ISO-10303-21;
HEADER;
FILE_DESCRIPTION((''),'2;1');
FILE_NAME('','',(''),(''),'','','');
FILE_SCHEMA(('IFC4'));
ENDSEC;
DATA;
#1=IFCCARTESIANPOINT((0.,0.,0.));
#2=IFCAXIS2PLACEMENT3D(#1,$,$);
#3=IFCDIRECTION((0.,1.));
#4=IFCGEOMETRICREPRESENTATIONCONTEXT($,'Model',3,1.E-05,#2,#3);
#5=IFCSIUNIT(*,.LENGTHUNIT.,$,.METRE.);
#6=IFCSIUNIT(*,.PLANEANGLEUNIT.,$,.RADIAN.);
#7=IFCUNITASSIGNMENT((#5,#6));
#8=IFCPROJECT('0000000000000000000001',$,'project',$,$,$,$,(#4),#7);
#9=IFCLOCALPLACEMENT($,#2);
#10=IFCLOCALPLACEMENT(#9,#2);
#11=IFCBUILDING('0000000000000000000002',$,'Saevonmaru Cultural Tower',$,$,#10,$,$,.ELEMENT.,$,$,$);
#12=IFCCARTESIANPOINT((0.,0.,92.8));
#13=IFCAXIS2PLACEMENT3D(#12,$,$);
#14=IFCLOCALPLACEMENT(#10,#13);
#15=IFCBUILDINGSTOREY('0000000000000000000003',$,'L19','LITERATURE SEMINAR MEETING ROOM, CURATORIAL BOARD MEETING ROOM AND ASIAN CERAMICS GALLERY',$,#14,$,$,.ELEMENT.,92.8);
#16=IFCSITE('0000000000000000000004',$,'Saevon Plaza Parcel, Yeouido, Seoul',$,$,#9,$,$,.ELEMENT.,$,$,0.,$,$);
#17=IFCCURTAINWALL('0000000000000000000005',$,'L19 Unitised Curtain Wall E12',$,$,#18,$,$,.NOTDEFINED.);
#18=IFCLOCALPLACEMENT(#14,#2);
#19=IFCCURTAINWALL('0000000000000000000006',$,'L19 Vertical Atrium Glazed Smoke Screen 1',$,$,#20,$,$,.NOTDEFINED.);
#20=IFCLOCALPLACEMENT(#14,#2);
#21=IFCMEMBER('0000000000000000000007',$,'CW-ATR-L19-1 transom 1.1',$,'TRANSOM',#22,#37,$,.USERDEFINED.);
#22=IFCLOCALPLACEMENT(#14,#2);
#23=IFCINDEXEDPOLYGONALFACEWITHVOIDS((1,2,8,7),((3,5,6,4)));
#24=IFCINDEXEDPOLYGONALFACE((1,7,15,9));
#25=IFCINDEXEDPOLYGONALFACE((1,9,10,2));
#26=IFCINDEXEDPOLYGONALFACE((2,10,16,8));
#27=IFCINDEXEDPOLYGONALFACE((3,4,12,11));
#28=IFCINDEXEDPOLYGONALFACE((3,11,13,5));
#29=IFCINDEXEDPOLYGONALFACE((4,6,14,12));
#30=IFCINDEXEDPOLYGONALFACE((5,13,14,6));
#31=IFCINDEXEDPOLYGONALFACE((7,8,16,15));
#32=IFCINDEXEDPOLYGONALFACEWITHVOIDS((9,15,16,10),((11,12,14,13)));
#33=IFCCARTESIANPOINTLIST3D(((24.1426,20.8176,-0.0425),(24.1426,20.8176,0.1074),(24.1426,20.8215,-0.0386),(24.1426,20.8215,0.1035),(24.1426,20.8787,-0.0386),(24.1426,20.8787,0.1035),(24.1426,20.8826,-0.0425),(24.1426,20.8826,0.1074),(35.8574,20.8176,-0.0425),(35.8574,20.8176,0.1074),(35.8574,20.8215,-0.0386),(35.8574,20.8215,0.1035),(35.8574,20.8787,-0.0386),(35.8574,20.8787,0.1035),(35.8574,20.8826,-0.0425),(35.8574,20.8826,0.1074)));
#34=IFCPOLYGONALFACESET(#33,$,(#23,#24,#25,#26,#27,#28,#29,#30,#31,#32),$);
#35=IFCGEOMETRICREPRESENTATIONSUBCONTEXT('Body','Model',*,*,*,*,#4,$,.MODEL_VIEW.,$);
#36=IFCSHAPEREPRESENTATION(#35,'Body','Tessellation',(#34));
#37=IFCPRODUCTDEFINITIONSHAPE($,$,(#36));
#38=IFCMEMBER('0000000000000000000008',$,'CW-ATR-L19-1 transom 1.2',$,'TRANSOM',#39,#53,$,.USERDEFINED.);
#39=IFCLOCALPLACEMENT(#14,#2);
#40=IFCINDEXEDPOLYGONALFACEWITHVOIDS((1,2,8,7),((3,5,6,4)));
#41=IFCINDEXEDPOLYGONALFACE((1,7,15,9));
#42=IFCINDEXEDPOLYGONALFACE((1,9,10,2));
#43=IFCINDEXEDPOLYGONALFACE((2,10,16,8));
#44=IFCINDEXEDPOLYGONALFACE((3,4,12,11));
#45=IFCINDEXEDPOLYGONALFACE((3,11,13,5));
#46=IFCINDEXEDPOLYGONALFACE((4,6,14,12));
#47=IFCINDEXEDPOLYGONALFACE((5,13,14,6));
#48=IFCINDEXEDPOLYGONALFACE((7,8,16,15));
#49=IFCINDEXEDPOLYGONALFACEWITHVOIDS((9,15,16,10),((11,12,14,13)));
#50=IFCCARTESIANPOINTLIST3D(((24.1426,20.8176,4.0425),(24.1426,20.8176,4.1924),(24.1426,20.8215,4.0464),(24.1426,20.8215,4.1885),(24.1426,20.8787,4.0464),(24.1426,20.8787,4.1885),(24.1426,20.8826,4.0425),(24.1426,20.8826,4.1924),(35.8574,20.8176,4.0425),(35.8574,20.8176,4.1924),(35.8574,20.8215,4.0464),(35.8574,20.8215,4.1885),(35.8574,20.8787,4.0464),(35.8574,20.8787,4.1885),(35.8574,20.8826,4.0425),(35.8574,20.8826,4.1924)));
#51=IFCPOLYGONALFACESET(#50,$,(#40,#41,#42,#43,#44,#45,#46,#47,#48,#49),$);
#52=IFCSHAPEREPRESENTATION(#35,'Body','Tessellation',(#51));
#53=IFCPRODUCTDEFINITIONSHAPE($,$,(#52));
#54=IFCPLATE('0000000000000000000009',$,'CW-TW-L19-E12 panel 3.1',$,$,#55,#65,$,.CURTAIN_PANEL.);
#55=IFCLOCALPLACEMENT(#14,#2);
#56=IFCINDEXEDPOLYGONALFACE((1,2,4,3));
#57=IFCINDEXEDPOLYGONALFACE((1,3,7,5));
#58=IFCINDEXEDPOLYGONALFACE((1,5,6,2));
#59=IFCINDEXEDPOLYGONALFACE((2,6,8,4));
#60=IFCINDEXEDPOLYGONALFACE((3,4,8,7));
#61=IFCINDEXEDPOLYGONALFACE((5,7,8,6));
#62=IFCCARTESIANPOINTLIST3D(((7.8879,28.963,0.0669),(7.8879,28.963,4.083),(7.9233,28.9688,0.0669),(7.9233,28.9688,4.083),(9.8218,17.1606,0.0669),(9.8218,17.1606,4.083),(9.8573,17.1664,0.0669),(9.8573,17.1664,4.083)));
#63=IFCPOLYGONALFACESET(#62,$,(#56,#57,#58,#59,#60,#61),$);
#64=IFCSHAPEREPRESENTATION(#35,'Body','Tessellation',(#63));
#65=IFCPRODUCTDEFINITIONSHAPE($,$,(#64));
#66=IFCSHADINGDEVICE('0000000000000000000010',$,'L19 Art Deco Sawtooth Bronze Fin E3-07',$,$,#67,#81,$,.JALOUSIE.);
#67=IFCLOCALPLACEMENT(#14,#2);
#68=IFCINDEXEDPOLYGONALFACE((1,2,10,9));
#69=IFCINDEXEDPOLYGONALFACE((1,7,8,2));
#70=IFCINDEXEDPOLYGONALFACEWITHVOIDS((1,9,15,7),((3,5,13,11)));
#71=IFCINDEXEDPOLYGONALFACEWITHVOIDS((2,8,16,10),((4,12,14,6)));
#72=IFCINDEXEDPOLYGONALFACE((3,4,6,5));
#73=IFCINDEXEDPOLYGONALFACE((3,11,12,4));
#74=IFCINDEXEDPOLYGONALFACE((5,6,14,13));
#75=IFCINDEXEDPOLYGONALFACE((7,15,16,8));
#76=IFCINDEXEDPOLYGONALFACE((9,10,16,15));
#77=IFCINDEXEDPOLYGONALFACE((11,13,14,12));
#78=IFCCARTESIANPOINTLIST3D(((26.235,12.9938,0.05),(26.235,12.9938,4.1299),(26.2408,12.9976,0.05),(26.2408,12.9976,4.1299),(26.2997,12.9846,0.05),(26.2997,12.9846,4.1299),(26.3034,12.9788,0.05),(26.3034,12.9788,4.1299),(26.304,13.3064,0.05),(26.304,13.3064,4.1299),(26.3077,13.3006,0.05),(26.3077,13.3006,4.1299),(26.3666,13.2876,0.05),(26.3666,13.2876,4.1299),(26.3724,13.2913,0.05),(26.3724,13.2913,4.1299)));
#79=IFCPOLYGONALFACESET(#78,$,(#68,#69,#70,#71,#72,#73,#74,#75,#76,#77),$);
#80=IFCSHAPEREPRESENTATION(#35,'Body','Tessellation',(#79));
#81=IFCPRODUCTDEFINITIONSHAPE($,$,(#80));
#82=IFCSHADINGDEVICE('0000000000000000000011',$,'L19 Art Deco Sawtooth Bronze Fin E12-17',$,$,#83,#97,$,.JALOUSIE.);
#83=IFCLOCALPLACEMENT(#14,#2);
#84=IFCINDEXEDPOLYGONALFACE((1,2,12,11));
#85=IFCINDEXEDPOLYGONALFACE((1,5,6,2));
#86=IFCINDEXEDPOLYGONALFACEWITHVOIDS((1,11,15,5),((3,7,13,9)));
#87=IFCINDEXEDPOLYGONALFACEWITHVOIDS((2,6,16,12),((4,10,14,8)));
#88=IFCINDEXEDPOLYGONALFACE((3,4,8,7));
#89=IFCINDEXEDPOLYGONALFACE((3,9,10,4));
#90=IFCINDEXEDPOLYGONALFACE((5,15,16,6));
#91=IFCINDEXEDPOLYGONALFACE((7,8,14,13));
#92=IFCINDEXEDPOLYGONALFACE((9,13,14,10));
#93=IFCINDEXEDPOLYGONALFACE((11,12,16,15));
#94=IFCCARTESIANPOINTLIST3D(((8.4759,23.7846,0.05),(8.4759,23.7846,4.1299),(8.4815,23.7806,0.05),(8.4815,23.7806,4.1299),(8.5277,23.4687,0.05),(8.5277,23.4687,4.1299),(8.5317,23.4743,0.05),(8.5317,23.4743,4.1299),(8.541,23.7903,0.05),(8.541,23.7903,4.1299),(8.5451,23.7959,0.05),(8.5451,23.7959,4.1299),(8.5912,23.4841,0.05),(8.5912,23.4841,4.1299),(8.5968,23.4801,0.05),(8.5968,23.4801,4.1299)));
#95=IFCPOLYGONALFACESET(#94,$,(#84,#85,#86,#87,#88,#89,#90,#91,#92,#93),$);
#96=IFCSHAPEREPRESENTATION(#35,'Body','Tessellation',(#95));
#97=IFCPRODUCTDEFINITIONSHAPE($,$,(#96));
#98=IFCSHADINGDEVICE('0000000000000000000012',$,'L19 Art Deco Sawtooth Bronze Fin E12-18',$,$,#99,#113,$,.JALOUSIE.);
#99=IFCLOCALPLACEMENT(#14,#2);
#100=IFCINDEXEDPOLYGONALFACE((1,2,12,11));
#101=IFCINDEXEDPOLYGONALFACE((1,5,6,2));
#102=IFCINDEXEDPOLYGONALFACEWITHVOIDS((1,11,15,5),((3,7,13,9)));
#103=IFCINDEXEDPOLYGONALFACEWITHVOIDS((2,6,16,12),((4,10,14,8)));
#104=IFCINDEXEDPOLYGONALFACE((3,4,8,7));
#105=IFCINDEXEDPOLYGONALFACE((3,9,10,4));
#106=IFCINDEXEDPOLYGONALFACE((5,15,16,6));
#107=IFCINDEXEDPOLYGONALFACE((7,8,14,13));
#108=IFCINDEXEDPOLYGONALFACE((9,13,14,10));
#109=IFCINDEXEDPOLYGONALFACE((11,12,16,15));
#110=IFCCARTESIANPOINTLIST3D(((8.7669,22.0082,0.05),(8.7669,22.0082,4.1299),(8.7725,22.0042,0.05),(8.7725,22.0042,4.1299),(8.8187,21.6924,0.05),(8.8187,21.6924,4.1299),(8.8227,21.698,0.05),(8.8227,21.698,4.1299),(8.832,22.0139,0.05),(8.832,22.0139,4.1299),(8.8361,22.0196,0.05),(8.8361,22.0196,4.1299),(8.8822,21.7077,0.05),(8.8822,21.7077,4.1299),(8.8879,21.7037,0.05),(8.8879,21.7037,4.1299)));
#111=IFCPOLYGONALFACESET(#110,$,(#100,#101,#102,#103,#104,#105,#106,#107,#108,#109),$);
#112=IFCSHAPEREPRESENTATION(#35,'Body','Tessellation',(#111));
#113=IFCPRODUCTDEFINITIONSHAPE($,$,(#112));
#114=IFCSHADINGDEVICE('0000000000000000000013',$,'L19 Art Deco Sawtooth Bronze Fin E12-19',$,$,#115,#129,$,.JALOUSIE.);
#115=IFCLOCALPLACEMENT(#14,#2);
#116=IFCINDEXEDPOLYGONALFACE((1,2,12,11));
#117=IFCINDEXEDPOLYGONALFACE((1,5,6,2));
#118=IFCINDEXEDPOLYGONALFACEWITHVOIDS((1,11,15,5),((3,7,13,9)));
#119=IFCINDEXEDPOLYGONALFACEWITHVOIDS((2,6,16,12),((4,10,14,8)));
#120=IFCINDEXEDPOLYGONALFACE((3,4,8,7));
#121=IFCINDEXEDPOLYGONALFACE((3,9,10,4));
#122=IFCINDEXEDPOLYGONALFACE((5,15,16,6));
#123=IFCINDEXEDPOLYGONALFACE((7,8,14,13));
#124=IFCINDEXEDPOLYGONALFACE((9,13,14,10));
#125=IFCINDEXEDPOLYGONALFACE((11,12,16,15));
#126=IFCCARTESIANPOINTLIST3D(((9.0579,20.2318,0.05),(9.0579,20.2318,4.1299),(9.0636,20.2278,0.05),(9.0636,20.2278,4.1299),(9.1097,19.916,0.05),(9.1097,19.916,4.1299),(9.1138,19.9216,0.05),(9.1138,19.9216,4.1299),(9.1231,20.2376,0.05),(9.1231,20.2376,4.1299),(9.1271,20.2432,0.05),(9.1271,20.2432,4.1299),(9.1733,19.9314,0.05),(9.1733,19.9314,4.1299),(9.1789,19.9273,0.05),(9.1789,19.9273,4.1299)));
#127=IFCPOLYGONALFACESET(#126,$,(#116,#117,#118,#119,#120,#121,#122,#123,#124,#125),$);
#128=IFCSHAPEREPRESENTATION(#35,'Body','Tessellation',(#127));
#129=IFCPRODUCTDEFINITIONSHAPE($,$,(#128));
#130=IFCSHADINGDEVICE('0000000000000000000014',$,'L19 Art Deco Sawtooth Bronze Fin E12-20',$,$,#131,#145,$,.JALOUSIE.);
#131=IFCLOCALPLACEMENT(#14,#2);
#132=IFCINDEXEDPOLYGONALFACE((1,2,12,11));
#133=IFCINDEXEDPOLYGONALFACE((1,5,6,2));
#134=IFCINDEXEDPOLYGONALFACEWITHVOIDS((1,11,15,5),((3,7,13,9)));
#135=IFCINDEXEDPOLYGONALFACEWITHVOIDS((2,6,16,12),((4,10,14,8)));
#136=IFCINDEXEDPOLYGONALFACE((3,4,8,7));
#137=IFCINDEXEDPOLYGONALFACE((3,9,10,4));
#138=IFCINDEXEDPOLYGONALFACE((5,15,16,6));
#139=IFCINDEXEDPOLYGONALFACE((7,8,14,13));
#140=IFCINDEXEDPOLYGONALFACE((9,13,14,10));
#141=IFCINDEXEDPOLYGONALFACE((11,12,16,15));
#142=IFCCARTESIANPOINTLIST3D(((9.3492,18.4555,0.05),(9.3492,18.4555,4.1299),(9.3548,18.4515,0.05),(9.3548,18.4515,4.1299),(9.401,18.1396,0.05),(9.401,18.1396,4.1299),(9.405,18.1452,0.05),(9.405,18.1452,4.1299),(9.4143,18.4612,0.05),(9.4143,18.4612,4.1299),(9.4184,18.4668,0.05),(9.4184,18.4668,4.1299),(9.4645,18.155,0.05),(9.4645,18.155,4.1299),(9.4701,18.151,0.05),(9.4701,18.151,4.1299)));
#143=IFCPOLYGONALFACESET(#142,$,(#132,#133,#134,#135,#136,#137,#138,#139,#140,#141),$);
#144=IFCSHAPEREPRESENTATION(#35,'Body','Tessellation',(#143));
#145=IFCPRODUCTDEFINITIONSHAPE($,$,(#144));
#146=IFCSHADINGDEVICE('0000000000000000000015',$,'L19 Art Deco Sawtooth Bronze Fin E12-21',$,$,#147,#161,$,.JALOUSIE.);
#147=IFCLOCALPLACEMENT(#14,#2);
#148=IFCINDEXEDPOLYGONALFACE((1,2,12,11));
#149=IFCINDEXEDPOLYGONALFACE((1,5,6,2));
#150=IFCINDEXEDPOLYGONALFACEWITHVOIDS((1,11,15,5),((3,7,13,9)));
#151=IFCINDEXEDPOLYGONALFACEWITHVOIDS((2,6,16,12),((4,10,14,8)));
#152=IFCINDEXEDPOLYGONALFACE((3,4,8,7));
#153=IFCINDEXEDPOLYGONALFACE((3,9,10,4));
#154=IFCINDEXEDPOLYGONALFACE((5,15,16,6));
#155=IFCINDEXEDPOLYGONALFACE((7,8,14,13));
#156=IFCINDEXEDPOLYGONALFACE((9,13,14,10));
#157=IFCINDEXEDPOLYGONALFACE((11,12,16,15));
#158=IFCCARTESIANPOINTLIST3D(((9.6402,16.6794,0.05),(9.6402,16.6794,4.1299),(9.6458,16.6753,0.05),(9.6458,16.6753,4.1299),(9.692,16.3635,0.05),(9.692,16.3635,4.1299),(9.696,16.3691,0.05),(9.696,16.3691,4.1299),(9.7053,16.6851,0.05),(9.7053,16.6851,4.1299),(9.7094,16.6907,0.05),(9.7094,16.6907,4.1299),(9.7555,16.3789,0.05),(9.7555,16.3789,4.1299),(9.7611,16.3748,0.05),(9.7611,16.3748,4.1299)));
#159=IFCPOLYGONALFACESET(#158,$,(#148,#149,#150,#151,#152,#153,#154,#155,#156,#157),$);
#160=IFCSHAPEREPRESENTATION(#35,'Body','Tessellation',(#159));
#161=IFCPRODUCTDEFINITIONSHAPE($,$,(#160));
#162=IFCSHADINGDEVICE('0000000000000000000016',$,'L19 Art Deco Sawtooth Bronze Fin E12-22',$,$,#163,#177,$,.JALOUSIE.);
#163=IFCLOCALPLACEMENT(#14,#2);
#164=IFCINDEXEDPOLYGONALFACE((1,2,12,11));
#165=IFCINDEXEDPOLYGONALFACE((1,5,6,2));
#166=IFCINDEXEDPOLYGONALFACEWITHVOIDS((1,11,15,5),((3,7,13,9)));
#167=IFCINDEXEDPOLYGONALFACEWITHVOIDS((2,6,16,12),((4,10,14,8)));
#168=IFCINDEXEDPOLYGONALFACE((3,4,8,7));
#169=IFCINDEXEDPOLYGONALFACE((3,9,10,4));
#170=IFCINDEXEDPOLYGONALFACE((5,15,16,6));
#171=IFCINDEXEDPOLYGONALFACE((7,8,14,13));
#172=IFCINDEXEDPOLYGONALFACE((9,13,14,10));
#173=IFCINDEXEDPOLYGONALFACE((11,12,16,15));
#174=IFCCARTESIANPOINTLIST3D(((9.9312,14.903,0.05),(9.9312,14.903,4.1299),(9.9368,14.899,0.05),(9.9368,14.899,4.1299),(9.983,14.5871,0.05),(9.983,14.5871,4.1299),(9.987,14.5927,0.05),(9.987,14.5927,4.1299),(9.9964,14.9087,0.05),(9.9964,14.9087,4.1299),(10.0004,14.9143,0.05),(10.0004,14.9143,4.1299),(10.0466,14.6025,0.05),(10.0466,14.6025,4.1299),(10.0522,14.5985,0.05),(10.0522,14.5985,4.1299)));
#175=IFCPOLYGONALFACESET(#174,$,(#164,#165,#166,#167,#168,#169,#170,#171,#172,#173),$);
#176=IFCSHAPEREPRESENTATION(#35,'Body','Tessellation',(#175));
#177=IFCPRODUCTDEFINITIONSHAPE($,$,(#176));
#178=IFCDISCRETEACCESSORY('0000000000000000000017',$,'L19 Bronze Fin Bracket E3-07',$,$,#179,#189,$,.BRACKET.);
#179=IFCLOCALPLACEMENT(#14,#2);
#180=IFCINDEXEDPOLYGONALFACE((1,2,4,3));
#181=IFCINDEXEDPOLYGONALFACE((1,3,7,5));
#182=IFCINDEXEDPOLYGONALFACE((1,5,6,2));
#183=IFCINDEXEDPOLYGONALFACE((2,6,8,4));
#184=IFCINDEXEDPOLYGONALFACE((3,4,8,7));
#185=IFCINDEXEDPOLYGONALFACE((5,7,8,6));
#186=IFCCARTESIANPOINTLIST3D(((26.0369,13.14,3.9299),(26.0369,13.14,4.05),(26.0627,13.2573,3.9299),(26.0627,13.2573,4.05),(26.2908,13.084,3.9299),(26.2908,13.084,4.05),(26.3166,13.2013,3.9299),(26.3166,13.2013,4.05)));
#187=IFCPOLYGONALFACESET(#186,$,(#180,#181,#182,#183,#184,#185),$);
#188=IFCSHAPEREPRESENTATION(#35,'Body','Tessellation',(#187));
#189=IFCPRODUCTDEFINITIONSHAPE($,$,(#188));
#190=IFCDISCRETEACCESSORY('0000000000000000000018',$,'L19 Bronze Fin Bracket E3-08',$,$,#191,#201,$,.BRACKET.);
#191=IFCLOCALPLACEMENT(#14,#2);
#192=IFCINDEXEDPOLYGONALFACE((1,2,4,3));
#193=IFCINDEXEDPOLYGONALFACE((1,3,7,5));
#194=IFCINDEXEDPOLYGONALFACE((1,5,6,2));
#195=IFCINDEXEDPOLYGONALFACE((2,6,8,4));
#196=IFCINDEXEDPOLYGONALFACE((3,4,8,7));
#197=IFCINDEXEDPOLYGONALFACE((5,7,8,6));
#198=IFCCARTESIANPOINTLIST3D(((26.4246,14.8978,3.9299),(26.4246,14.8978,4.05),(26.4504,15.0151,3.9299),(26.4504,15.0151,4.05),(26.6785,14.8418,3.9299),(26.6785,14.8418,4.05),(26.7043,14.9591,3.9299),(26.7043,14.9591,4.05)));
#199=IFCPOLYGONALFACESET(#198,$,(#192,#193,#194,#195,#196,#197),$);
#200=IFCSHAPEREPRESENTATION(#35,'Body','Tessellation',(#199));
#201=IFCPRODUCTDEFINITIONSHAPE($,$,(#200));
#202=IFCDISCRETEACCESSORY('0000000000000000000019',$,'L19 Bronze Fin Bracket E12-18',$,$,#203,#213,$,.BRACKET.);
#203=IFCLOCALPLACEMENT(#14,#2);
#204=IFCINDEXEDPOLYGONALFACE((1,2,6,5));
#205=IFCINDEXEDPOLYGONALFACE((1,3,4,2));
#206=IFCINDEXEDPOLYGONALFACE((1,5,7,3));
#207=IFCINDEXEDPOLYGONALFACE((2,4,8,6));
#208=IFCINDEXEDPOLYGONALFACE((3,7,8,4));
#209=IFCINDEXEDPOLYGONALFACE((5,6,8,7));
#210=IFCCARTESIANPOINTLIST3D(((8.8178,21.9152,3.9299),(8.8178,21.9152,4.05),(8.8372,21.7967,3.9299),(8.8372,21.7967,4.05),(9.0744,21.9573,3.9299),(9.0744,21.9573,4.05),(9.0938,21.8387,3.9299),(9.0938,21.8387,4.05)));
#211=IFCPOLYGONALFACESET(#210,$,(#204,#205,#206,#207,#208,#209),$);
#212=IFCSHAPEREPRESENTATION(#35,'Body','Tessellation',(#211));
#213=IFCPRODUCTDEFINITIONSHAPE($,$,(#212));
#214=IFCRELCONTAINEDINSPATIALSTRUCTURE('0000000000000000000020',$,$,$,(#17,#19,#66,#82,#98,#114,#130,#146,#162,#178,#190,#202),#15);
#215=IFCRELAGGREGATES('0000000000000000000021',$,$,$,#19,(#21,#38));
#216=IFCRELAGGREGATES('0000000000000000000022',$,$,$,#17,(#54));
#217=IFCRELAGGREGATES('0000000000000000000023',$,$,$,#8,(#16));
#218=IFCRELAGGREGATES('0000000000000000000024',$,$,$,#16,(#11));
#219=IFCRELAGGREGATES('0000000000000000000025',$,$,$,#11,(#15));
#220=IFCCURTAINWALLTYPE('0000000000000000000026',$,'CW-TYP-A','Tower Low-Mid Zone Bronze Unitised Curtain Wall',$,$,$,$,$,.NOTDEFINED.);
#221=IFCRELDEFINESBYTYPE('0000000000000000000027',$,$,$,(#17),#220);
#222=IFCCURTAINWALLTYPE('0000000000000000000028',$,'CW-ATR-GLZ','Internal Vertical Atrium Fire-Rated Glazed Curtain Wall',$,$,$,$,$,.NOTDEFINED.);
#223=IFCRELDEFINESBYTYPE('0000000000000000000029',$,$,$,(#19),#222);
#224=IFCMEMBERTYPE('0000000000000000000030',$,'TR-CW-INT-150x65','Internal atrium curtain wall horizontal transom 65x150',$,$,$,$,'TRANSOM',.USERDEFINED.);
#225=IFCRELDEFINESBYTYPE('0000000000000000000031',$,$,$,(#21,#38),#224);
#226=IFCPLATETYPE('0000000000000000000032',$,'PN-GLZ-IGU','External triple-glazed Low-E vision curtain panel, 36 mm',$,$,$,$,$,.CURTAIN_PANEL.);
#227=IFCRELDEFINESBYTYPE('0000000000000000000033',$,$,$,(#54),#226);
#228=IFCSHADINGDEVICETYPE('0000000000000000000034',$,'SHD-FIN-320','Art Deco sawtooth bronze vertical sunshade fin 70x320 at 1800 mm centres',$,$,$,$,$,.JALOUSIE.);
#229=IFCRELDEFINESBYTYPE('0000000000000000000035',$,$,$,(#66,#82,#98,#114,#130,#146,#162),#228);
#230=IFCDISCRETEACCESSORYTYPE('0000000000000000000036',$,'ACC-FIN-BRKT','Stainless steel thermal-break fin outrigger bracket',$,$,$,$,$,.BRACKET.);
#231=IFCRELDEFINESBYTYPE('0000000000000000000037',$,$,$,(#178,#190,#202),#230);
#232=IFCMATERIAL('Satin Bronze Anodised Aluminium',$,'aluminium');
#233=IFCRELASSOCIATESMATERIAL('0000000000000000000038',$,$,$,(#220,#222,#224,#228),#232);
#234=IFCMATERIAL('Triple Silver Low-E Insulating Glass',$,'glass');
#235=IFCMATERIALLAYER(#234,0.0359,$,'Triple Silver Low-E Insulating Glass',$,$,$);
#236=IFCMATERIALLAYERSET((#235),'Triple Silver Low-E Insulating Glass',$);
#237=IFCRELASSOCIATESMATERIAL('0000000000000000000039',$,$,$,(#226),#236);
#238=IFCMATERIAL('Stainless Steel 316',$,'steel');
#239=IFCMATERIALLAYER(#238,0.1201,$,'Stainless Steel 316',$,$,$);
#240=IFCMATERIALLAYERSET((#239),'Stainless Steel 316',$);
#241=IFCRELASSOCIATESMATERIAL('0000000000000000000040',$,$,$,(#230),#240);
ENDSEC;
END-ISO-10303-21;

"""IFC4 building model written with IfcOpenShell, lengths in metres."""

from ifc_helpers import new_model, si_unit, direction, frame, origin, origin_2d, place, context, subcontext, project, spatial, rectangle, hollow_rectangle, extrude, material, layer, layer_set, material_profile, profile_set, type_object, element, aggregate, save


model = new_model("IFC4")

# Units and contexts
model_context = context("Model", 3, precision=1e-05, world=origin(), true_north=direction((0.0, 1.0)))
body_context = subcontext(model_context, "Body", "Model", "MODEL_VIEW")
ifc_project = project(units=[si_unit("LENGTHUNIT", "METRE"), si_unit("PLANEANGLEUNIT", "RADIAN")], contexts=[model_context])

# Site, building, storey
site_placement = place(None, origin())
site = spatial("IfcSite", under=ifc_project, at=site_placement, Name="Saevon Plaza Parcel, Yeouido, Seoul", CompositionType="ELEMENT", RefElevation=0.0)
building_placement = place(site_placement, origin())
building = spatial("IfcBuilding", under=site, at=building_placement, Name="Saevonmaru Cultural Tower", CompositionType="ELEMENT")
storey_placement = place(building_placement, frame((0.0, 0.0, 92.8)))
storey = spatial("IfcBuildingStorey", under=building, at=storey_placement, Name="L19", Description="LITERATURE SEMINAR MEETING ROOM, CURATORIAL BOARD MEETING ROOM AND ASIAN CERAMICS GALLERY", CompositionType="ELEMENT", Elevation=92.8)

# Curtain walls
ifc_material_1 = material(Name="Satin Bronze Anodised Aluminium", Category="aluminium")
curtain_wall_type_1 = type_object("IfcCurtainWallType", Name="CW-TYP-A", Description="Tower Low-Mid Zone Bronze Unitised Curtain Wall", PredefinedType="NOTDEFINED", material=ifc_material_1)
curtain_wall_1_placement = place(storey_placement, origin())
curtain_wall_1 = element("IfcCurtainWall", 1, at=curtain_wall_1_placement, inside=storey, type_object=curtain_wall_type_1, Name="L19 Unitised Curtain Wall E12", PredefinedType="NOTDEFINED")
curtain_wall_type_2 = type_object("IfcCurtainWallType", Name="CW-ATR-GLZ", Description="Internal Vertical Atrium Fire-Rated Glazed Curtain Wall", PredefinedType="NOTDEFINED", material=ifc_material_1)
curtain_wall_2_placement = place(storey_placement, origin())
curtain_wall_2 = element("IfcCurtainWall", 2, at=curtain_wall_2_placement, inside=storey, type_object=curtain_wall_type_2, Name="L19 Vertical Atrium Glazed Smoke Screen 1", PredefinedType="NOTDEFINED")

# Members
ifc_material_profile_1 = material_profile(ifc_material_1, hollow_rectangle(XDim=0.0649, YDim=0.1499, WallThickness=0.0039, at=origin_2d()), Name="ALU-TRAN-150x65x4")
ifc_profile_set_1 = profile_set([ifc_material_profile_1], Name="Satin Bronze Anodised Aluminium")
member_type_1 = type_object("IfcMemberType", Name="TR-CW-INT-150x65", Description="Internal atrium curtain wall horizontal transom 65x150", ElementType="TRANSOM", PredefinedType="USERDEFINED", material=ifc_profile_set_1)
member_1_placement = place(storey_placement, frame((24.1426, 20.8501, 0.0325), z_axis=(1.0, 0.0, 0.0), x_axis=(0.0, 1.0, 0.0)))
member_1 = element("IfcMember", 3, at=member_1_placement, type_object=member_type_1, Name="CW-ATR-L19-1 transom 1.1", ObjectType="TRANSOM", PredefinedType="USERDEFINED", context=body_context, shape_type="SweptSolid", body=[
    extrude(hollow_rectangle(XDim=0.0649, YDim=0.1499, WallThickness=0.0039, at=origin_2d()), origin(), (0.0, 0.0, 1.0), 11.7148),
])
member_2_placement = place(storey_placement, frame((24.1426, 20.8501, 4.1174), z_axis=(1.0, 0.0, 0.0), x_axis=(0.0, 1.0, 0.0)))
member_2 = element("IfcMember", 4, at=member_2_placement, type_object=member_type_1, Name="CW-ATR-L19-1 transom 1.2", ObjectType="TRANSOM", PredefinedType="USERDEFINED", context=body_context, shape_type="SweptSolid", body=[
    extrude(hollow_rectangle(XDim=0.0649, YDim=0.1499, WallThickness=0.0039, at=origin_2d()), origin(), (0.0, 0.0, 1.0), 11.7148),
])
aggregate(curtain_wall_2, [member_1, member_2])

# Plate
ifc_material_2 = material(Name="Triple Silver Low-E Insulating Glass", Category="glass")
ifc_layer_1 = layer(ifc_material_2, 0.0359, Name="Triple Silver Low-E Insulating Glass")
ifc_layer_set_1 = layer_set([ifc_layer_1], Name="Triple Silver Low-E Insulating Glass")
plate_type = type_object("IfcPlateType", Name="PN-GLZ-IGU", Description="External triple-glazed Low-E vision curtain panel, 36 mm", PredefinedType="CURTAIN_PANEL", material=ifc_layer_set_1)
plate_placement = place(storey_placement, frame((8.8726, 23.0647, 0.0669), z_axis=(0.0, 0.0, 1.0), x_axis=(0.161709, -0.986839, 0.0)))
plate = element("IfcPlate", 5, at=plate_placement, type_object=plate_type, Name="CW-TW-L19-E12 panel 3.1", PredefinedType="CURTAIN_PANEL", context=body_context, shape_type="SweptSolid", body=[
    extrude(rectangle(XDim=11.9597, YDim=0.0359, at=origin_2d()), origin(), (0.0, 0.0, 1.0), 4.0161),
])
aggregate(curtain_wall_1, [plate])

# Shading devices
ifc_material_profile_2 = material_profile(ifc_material_1, hollow_rectangle(XDim=0.0701, YDim=0.3201, WallThickness=0.0049, at=origin_2d()), Name="FIN-320x70")
ifc_profile_set_2 = profile_set([ifc_material_profile_2], Name="Satin Bronze Anodised Aluminium")
shading_device_type = type_object("IfcShadingDeviceType", Name="SHD-FIN-320", Description="Art Deco sawtooth bronze vertical sunshade fin 70x320 at 1800 mm centres", PredefinedType="JALOUSIE", material=ifc_profile_set_2)
for number, where, z_axis, x_axis, name in (
    (6, (26.3037, 13.1426, 0.05), (0.0, 0.0, 1.0), (0.976522, -0.215417, 0.0), "L19 Art Deco Sawtooth Bronze Fin E3-07"),
    (7, (8.5364, 23.6323, 0.05), (0.0, 0.0, 1.0), (-0.986827, -0.161776, 0.0), "L19 Art Deco Sawtooth Bronze Fin E12-17"),
    (8, (8.8274, 21.856, 0.05), (0.0, 0.0, 1.0), (-0.986827, -0.161776, 0.0), "L19 Art Deco Sawtooth Bronze Fin E12-18"),
    (9, (9.1184, 20.0796, 0.05), (0.0, 0.0, 1.0), (-0.986827, -0.161776, 0.0), "L19 Art Deco Sawtooth Bronze Fin E12-19"),
    (10, (9.4097, 18.3032, 0.05), (0.0, 0.0, 1.0), (-0.986827, -0.161776, 0.0), "L19 Art Deco Sawtooth Bronze Fin E12-20"),
    (11, (9.7007, 16.5271, 0.05), (0.0, 0.0, 1.0), (-0.986827, -0.161776, 0.0), "L19 Art Deco Sawtooth Bronze Fin E12-21"),
    (12, (9.9917, 14.7507, 0.05), (0.0, 0.0, 1.0), (-0.986827, -0.161776, 0.0), "L19 Art Deco Sawtooth Bronze Fin E12-22"),
):
    element("IfcShadingDevice", number, at=place(storey_placement, frame(where, z_axis=z_axis, x_axis=x_axis)), inside=storey, type_object=shading_device_type, Name=name, PredefinedType="JALOUSIE", context=body_context, shape_type="SweptSolid", body=[
        extrude(hollow_rectangle(XDim=0.0701, YDim=0.3201, WallThickness=0.0049, at=origin_2d()), origin(), (0.0, 0.0, 1.0), 4.0798),
    ])

# Discrete accessories
ifc_material_3 = material(Name="Stainless Steel 316", Category="steel")
ifc_layer_2 = layer(ifc_material_3, 0.1201, Name="Stainless Steel 316")
ifc_layer_set_2 = layer_set([ifc_layer_2], Name="Stainless Steel 316")
discrete_accessory_type = type_object("IfcDiscreteAccessoryType", Name="ACC-FIN-BRKT", Description="Stainless steel thermal-break fin outrigger bracket", PredefinedType="BRACKET", material=ifc_layer_set_2)
for number, where, z_axis, x_axis, name in (
    (13, (26.1768, 13.1707, 3.9299), (0.0, 0.0, 1.0), (0.976522, -0.215417, 0.0), "L19 Bronze Fin Bracket E3-07"),
    (14, (26.5645, 14.9285, 3.9299), (0.0, 0.0, 1.0), (0.976522, -0.215417, 0.0), "L19 Bronze Fin Bracket E3-08"),
    (15, (8.9558, 21.877, 3.9299), (0.0, 0.0, 1.0), (-0.986827, -0.161776, 0.0), "L19 Bronze Fin Bracket E12-18"),
):
    element("IfcDiscreteAccessory", number, at=place(storey_placement, frame(where, z_axis=z_axis, x_axis=x_axis)), inside=storey, type_object=discrete_accessory_type, Name=name, PredefinedType="BRACKET", context=body_context, shape_type="SweptSolid", body=[
        extrude(rectangle(XDim=0.26, YDim=0.1201, at=origin_2d()), origin(), (0.0, 0.0, 1.0), 0.1201),
    ])

save(model, "model.ifc")
